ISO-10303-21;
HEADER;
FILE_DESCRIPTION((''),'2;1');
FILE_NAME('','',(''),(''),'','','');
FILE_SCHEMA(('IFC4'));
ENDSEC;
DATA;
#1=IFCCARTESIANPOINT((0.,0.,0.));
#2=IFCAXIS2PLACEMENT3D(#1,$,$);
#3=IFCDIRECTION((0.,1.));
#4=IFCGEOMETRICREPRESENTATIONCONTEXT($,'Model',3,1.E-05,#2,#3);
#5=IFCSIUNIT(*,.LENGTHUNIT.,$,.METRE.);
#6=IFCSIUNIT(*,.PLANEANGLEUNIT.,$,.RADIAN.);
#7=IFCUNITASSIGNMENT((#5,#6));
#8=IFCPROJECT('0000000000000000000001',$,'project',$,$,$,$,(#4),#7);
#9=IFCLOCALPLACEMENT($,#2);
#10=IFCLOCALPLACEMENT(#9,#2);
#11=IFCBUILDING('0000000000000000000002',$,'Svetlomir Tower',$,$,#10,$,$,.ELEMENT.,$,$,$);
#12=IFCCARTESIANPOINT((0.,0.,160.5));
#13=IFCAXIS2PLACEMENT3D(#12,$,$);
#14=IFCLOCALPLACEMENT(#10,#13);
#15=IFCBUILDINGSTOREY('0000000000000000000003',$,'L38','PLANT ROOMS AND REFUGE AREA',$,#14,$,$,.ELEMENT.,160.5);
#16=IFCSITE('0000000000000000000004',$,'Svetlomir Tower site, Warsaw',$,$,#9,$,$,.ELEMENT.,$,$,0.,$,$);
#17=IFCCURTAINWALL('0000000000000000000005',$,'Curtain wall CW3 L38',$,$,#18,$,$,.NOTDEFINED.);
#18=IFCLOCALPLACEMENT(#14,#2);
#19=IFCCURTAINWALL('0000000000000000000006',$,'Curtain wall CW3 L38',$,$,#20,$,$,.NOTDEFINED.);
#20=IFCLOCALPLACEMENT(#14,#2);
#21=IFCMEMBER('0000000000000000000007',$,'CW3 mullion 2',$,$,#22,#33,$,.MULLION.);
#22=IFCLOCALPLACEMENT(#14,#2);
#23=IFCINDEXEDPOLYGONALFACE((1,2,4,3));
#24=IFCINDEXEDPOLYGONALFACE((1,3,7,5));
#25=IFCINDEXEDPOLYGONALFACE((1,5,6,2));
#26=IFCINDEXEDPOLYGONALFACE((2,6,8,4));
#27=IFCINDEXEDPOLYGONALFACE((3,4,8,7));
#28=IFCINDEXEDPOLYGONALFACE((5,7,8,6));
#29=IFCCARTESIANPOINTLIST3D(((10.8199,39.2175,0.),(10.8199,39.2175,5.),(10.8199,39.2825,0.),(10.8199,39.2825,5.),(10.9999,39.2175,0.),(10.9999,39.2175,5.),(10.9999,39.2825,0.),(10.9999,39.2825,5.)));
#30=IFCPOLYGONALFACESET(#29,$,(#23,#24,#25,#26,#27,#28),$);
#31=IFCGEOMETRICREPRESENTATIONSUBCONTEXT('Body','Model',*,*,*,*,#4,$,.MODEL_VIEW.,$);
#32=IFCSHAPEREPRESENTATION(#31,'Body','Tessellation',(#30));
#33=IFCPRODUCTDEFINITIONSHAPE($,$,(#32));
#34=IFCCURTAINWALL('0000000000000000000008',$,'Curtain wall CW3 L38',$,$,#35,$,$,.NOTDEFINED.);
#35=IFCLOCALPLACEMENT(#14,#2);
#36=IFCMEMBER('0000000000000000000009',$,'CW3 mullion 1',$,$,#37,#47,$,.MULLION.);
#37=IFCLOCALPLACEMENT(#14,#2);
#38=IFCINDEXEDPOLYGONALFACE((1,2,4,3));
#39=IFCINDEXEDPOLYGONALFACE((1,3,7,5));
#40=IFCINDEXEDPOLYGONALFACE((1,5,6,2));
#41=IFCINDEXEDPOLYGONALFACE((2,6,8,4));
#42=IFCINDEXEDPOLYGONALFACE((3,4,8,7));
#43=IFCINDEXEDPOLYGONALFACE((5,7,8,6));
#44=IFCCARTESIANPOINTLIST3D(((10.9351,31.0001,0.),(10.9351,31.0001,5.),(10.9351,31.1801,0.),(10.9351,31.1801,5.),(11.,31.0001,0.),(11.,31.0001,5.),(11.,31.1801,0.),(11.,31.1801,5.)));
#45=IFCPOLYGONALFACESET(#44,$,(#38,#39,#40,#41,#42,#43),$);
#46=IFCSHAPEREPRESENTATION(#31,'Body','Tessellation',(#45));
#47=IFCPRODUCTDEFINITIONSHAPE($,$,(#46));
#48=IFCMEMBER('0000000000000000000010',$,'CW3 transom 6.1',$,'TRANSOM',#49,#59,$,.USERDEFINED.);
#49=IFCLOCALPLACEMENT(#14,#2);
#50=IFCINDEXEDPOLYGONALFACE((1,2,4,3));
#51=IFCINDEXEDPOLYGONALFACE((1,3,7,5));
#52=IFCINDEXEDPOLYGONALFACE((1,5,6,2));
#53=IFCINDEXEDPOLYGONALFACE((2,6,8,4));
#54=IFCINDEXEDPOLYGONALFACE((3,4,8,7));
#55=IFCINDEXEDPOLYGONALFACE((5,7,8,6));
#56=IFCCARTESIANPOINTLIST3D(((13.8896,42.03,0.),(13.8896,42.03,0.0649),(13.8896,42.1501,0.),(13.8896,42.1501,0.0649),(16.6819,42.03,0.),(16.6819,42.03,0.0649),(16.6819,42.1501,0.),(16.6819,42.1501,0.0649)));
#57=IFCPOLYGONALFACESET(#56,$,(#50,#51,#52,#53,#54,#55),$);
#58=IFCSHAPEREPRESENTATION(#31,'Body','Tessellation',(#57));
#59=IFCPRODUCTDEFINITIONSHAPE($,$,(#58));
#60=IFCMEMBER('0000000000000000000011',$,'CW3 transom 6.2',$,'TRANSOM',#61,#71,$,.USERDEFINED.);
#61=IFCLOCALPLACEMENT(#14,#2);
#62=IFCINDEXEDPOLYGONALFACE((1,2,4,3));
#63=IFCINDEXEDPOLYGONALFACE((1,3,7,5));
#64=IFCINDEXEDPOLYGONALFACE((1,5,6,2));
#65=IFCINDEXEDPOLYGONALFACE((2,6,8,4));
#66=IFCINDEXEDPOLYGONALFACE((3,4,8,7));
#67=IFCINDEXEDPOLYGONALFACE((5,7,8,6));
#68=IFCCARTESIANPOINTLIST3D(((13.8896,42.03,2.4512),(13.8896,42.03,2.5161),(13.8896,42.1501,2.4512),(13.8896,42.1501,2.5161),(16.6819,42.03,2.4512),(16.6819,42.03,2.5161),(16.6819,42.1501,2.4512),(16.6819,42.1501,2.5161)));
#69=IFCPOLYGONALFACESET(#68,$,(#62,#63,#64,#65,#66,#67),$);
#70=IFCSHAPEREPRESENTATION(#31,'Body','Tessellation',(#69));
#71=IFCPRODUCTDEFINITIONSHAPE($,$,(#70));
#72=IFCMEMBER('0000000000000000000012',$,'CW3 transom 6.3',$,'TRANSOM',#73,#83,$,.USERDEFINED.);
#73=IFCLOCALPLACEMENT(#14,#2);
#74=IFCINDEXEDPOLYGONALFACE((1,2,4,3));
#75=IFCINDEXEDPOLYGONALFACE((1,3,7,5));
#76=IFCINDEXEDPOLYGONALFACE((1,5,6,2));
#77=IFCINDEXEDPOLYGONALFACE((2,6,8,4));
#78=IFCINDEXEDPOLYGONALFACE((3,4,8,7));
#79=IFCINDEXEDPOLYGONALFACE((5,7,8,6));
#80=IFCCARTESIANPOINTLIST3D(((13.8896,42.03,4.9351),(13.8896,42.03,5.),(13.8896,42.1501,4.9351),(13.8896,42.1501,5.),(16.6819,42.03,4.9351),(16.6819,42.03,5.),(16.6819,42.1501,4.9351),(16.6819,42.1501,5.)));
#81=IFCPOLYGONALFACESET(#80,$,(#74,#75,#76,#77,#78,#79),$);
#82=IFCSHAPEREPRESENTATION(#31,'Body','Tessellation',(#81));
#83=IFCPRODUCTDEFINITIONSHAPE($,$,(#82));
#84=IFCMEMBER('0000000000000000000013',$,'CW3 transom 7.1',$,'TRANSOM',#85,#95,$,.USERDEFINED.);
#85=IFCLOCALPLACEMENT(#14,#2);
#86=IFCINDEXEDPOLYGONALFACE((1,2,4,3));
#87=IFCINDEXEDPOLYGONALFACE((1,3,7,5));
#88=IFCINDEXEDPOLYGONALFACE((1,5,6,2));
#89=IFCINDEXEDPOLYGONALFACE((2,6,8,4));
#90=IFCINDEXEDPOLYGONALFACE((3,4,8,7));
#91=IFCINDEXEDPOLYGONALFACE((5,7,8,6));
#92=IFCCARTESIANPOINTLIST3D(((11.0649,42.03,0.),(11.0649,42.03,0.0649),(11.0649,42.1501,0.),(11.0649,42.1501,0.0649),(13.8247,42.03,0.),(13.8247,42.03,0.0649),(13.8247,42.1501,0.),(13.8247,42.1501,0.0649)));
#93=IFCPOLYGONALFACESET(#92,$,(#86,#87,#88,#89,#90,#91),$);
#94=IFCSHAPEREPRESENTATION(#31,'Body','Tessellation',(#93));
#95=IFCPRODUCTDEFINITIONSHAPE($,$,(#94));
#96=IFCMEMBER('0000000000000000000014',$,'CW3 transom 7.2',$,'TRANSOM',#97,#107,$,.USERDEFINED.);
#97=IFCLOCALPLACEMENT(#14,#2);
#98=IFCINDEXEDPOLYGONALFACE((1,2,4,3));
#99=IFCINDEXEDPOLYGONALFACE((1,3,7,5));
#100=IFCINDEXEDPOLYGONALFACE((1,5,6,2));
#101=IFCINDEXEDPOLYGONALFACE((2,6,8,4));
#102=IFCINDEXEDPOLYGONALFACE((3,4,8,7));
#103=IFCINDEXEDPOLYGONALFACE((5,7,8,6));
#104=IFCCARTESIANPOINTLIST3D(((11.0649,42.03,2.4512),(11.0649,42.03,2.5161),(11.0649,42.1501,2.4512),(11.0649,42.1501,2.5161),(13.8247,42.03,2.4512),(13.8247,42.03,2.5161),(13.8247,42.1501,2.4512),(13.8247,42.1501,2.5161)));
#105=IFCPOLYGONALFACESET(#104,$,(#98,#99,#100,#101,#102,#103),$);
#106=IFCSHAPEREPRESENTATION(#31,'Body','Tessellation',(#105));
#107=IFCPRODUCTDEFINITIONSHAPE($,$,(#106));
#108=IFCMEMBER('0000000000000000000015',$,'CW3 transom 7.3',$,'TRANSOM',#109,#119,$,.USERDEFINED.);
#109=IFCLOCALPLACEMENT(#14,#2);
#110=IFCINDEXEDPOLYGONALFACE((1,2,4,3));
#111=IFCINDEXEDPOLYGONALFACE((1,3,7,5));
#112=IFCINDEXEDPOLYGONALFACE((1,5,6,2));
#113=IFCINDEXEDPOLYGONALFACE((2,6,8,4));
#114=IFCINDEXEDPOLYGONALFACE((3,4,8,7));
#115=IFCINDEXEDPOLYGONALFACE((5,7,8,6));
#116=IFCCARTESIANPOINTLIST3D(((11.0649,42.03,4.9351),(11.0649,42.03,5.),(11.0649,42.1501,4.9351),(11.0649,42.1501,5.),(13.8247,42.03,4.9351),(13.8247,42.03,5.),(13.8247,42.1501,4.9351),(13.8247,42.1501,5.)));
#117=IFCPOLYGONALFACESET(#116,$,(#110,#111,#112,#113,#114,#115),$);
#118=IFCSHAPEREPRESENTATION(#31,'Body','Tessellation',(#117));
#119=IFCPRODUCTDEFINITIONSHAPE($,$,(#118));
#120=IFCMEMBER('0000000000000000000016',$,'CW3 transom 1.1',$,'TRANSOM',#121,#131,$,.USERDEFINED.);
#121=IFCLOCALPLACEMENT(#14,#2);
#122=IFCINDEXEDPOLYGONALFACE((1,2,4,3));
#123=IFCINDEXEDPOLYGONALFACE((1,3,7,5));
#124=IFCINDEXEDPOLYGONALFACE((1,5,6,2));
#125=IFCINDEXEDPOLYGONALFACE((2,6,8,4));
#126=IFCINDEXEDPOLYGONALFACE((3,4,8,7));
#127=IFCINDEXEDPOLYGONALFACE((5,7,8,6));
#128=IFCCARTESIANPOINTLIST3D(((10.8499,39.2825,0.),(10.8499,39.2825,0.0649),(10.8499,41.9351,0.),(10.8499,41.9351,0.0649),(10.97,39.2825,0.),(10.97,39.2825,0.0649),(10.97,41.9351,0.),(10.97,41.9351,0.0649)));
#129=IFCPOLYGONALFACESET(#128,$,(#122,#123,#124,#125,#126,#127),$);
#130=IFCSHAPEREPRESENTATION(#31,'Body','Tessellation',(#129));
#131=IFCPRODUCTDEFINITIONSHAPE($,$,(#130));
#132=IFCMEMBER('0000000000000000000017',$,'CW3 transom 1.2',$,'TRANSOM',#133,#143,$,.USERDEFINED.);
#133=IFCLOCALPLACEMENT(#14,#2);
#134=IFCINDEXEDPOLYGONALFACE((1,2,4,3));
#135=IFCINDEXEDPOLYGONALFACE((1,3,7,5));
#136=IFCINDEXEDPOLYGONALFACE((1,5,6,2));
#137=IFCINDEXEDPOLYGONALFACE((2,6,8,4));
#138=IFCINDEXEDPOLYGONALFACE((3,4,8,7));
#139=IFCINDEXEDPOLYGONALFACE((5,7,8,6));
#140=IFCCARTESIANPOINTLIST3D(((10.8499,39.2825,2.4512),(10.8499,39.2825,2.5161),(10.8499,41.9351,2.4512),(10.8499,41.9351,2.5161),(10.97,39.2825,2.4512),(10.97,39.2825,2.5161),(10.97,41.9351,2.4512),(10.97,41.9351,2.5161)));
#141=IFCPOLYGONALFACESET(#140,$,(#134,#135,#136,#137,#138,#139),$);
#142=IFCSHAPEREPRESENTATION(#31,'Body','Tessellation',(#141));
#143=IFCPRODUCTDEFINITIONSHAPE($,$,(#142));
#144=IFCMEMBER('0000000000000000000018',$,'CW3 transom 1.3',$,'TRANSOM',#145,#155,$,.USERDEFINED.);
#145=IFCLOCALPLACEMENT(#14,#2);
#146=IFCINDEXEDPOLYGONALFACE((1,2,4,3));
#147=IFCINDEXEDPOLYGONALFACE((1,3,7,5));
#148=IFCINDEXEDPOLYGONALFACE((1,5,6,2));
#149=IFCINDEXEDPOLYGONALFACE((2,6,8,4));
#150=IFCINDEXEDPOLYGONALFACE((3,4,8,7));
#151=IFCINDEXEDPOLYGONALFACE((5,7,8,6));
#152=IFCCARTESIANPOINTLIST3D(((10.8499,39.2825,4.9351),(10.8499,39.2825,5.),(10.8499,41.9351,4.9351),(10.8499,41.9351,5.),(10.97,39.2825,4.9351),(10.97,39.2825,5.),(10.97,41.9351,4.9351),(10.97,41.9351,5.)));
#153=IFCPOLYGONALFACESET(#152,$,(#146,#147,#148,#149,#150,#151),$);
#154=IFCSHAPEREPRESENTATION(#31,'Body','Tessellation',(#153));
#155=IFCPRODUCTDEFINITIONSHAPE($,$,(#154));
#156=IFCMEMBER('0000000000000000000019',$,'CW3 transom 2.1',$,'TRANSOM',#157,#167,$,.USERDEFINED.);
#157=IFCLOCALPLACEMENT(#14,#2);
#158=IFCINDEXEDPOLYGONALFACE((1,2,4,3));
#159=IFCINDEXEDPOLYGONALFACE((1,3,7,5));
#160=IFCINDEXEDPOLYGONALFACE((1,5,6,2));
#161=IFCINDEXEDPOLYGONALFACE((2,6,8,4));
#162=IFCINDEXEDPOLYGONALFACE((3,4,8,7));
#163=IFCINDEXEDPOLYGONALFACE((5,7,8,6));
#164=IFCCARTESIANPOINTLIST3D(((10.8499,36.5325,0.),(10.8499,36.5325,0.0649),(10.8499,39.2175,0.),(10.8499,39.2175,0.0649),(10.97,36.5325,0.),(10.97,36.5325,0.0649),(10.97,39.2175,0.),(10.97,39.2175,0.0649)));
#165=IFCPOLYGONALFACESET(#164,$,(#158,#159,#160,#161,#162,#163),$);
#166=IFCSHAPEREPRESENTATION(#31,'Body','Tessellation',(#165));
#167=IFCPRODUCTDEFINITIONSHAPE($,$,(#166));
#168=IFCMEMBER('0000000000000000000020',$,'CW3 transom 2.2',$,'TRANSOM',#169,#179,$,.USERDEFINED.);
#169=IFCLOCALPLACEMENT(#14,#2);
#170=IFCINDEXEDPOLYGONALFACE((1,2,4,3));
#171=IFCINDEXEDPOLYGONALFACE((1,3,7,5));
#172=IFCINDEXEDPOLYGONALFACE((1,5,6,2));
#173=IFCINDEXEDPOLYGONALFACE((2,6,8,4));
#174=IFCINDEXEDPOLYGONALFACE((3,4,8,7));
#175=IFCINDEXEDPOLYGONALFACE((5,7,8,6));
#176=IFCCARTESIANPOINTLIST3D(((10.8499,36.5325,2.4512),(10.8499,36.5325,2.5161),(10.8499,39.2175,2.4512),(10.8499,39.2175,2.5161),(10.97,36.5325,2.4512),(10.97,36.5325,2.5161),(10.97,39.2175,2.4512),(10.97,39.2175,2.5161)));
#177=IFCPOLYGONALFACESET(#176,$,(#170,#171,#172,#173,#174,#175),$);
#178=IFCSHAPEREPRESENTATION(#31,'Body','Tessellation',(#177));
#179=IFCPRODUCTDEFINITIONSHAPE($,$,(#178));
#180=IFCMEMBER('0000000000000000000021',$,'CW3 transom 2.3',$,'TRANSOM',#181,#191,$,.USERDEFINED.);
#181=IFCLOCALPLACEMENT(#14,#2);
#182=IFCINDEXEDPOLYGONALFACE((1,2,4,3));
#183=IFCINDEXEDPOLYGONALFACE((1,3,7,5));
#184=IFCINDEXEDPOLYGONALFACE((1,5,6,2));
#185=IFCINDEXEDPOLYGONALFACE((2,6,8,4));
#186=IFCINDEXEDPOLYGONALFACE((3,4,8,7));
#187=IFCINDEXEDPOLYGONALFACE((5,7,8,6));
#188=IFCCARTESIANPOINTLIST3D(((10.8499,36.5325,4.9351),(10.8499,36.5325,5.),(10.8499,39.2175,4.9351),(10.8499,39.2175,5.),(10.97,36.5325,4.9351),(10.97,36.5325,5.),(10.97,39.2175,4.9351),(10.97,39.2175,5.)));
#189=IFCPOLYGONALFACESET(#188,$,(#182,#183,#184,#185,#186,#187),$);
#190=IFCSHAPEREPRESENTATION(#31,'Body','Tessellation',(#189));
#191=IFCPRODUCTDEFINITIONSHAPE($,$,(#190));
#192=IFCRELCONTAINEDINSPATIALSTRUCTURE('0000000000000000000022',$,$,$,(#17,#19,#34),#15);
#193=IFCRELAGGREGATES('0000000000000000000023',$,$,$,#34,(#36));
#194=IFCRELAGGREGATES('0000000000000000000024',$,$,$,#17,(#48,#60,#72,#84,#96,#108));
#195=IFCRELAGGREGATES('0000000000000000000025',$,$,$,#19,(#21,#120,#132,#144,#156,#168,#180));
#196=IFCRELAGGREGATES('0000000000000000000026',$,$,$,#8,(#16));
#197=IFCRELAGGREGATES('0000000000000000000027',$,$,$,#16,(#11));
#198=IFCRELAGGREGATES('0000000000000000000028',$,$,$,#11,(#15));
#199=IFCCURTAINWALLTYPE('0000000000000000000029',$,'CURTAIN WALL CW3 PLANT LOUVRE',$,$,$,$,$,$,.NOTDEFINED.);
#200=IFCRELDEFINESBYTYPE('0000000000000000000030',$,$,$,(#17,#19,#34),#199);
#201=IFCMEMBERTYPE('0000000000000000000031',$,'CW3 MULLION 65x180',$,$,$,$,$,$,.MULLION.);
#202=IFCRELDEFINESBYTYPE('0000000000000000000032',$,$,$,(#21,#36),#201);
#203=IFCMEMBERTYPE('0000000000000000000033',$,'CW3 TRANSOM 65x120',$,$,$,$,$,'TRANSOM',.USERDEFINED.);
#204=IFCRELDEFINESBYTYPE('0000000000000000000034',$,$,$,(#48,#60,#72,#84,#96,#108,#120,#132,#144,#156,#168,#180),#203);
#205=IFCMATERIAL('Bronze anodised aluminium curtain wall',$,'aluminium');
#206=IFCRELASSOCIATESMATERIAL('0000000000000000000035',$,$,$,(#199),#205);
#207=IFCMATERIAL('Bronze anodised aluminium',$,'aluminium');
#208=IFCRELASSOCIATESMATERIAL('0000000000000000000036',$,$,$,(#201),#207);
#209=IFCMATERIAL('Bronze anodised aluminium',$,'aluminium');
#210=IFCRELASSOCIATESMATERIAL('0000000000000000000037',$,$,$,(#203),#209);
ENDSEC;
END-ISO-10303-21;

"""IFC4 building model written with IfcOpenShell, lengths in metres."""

from ifc_helpers import new_model, si_unit, direction, frame, origin, origin_2d, place, context, subcontext, project, spatial, rectangle, extrude, material, material_profile, profile_set, type_object, element, aggregate, save


model = new_model("IFC4")

# Units and contexts
model_context = context("Model", 3, precision=1e-05, world=origin(), true_north=direction((0.0, 1.0)))
body_context = subcontext(model_context, "Body", "Model", "MODEL_VIEW")
ifc_project = project(units=[si_unit("LENGTHUNIT", "METRE"), si_unit("PLANEANGLEUNIT", "RADIAN")], contexts=[model_context])

# Site, building, storey
site_placement = place(None, origin())
site = spatial("IfcSite", under=ifc_project, at=site_placement, Name="Svetlomir Tower site, Warsaw", CompositionType="ELEMENT", RefElevation=0.0)
building_placement = place(site_placement, origin())
building = spatial("IfcBuilding", under=site, at=building_placement, Name="Svetlomir Tower", CompositionType="ELEMENT")
storey_placement = place(building_placement, frame((0.0, 0.0, 160.5)))
storey = spatial("IfcBuildingStorey", under=building, at=storey_placement, Name="L38", Description="PLANT ROOMS AND REFUGE AREA", CompositionType="ELEMENT", Elevation=160.5)

# Curtain walls, member
ifc_material_1 = material(Name="Bronze anodised aluminium curtain wall", Category="aluminium")
curtain_wall_type = type_object("IfcCurtainWallType", Name="CURTAIN WALL CW3 PLANT LOUVRE", PredefinedType="NOTDEFINED", material=ifc_material_1)
curtain_wall_1_placement = place(storey_placement, origin())
curtain_wall_1 = element("IfcCurtainWall", 1, at=curtain_wall_1_placement, inside=storey, type_object=curtain_wall_type, Name="Curtain wall CW3 L38", PredefinedType="NOTDEFINED")
ifc_material_2 = material(Name="Bronze anodised aluminium", Category="aluminium")
ifc_material_profile_1 = material_profile(ifc_material_2, rectangle(XDim=0.0649, YDim=0.1799, at=origin_2d()), Name="AL 65x180")
ifc_profile_set_1 = profile_set([ifc_material_profile_1], Name="Bronze anodised aluminium 6063-T6")
member_type_1 = type_object("IfcMemberType", Name="CW3 MULLION 65x180", PredefinedType="MULLION", material=ifc_profile_set_1)
curtain_wall_2_placement = place(storey_placement, origin())
curtain_wall_2 = element("IfcCurtainWall", 2, at=curtain_wall_2_placement, inside=storey, type_object=curtain_wall_type, Name="Curtain wall CW3 L38", PredefinedType="NOTDEFINED")
member_1_placement = place(storey_placement, frame((10.9099, 39.25, 0.0), z_axis=(0.0, 0.0, 1.0), x_axis=(0.0, -1.0, 0.0)))
member_1 = element("IfcMember", 3, at=member_1_placement, type_object=member_type_1, Name="CW3 mullion 2", PredefinedType="MULLION", context=body_context, shape_type="SweptSolid", body=[
    extrude(rectangle(XDim=0.0649, YDim=0.1799, at=origin_2d()), origin(), (0.0, 0.0, 1.0), 5.0),
])

# Curtain wall, member
curtain_wall_3_placement = place(storey_placement, origin())
curtain_wall_3 = element("IfcCurtainWall", 4, at=curtain_wall_3_placement, inside=storey, type_object=curtain_wall_type, Name="Curtain wall CW3 L38", PredefinedType="NOTDEFINED")
member_2_placement = place(storey_placement, frame((10.9675, 31.0901, 0.0), z_axis=(0.0, 0.0, 1.0), x_axis=(-1.0, 0.0, 0.0)))
member_2 = element("IfcMember", 5, at=member_2_placement, type_object=member_type_1, Name="CW3 mullion 1", PredefinedType="MULLION", context=body_context, shape_type="SweptSolid", body=[
    extrude(rectangle(XDim=0.0649, YDim=0.1799, at=origin_2d()), origin(), (0.0, 0.0, 1.0), 5.0),
])

# Members
ifc_material_3 = material(Name="Bronze anodised aluminium", Category="aluminium")
ifc_material_profile_2 = material_profile(ifc_material_3, rectangle(XDim=0.1201, YDim=0.0649, at=origin_2d()), Name="AL 120x65")
ifc_profile_set_2 = profile_set([ifc_material_profile_2], Name="Bronze anodised aluminium 6063-T6")
member_type_2 = type_object("IfcMemberType", Name="CW3 TRANSOM 65x120", ElementType="TRANSOM", PredefinedType="USERDEFINED", material=ifc_profile_set_2)
member_3_placement = place(storey_placement, frame((16.6819, 42.0901, 0.0325), z_axis=(-1.0, 0.0, 0.0), x_axis=(0.0, -1.0, 0.0)))
member_3 = element("IfcMember", 6, at=member_3_placement, type_object=member_type_2, Name="CW3 transom 6.1", ObjectType="TRANSOM", PredefinedType="USERDEFINED", context=body_context, shape_type="SweptSolid", body=[
    extrude(rectangle(XDim=0.1201, YDim=0.0649, at=origin_2d()), origin(), (0.0, 0.0, 1.0), 2.7922),
])
member_4_placement = place(storey_placement, frame((16.6819, 42.0901, 2.4836), z_axis=(-1.0, 0.0, 0.0), x_axis=(0.0, -1.0, 0.0)))
member_4 = element("IfcMember", 7, at=member_4_placement, type_object=member_type_2, Name="CW3 transom 6.2", ObjectType="TRANSOM", PredefinedType="USERDEFINED", context=body_context, shape_type="SweptSolid", body=[
    extrude(rectangle(XDim=0.1201, YDim=0.0649, at=origin_2d()), origin(), (0.0, 0.0, 1.0), 2.7922),
])
member_5_placement = place(storey_placement, frame((16.6819, 42.0901, 4.9675), z_axis=(-1.0, 0.0, 0.0), x_axis=(0.0, -1.0, 0.0)))
member_5 = element("IfcMember", 8, at=member_5_placement, type_object=member_type_2, Name="CW3 transom 6.3", ObjectType="TRANSOM", PredefinedType="USERDEFINED", context=body_context, shape_type="SweptSolid", body=[
    extrude(rectangle(XDim=0.1201, YDim=0.0649, at=origin_2d()), origin(), (0.0, 0.0, 1.0), 2.7922),
])
member_6_placement = place(storey_placement, frame((13.8247, 42.0901, 0.0325), z_axis=(-1.0, 0.0, 0.0), x_axis=(0.0, -1.0, 0.0)))
member_6 = element("IfcMember", 9, at=member_6_placement, type_object=member_type_2, Name="CW3 transom 7.1", ObjectType="TRANSOM", PredefinedType="USERDEFINED", context=body_context, shape_type="SweptSolid", body=[
    extrude(rectangle(XDim=0.1201, YDim=0.0649, at=origin_2d()), origin(), (0.0, 0.0, 1.0), 2.7598),
])
member_7_placement = place(storey_placement, frame((13.8247, 42.0901, 2.4836), z_axis=(-1.0, 0.0, 0.0), x_axis=(0.0, -1.0, 0.0)))
member_7 = element("IfcMember", 10, at=member_7_placement, type_object=member_type_2, Name="CW3 transom 7.2", ObjectType="TRANSOM", PredefinedType="USERDEFINED", context=body_context, shape_type="SweptSolid", body=[
    extrude(rectangle(XDim=0.1201, YDim=0.0649, at=origin_2d()), origin(), (0.0, 0.0, 1.0), 2.7598),
])
member_8_placement = place(storey_placement, frame((13.8247, 42.0901, 4.9675), z_axis=(-1.0, 0.0, 0.0), x_axis=(0.0, -1.0, 0.0)))
member_8 = element("IfcMember", 11, at=member_8_placement, type_object=member_type_2, Name="CW3 transom 7.3", ObjectType="TRANSOM", PredefinedType="USERDEFINED", context=body_context, shape_type="SweptSolid", body=[
    extrude(rectangle(XDim=0.1201, YDim=0.0649, at=origin_2d()), origin(), (0.0, 0.0, 1.0), 2.7598),
])
member_9_placement = place(storey_placement, frame((10.9099, 41.9351, 0.0325), z_axis=(0.0, -1.0, 0.0), x_axis=(1.0, 0.0, 0.0)))
member_9 = element("IfcMember", 12, at=member_9_placement, type_object=member_type_2, Name="CW3 transom 1.1", ObjectType="TRANSOM", PredefinedType="USERDEFINED", context=body_context, shape_type="SweptSolid", body=[
    extrude(rectangle(XDim=0.1201, YDim=0.0649, at=origin_2d()), origin(), (0.0, 0.0, 1.0), 2.6526),
])
member_10_placement = place(storey_placement, frame((10.9099, 41.9351, 2.4836), z_axis=(0.0, -1.0, 0.0), x_axis=(1.0, 0.0, 0.0)))
member_10 = element("IfcMember", 13, at=member_10_placement, type_object=member_type_2, Name="CW3 transom 1.2", ObjectType="TRANSOM", PredefinedType="USERDEFINED", context=body_context, shape_type="SweptSolid", body=[
    extrude(rectangle(XDim=0.1201, YDim=0.0649, at=origin_2d()), origin(), (0.0, 0.0, 1.0), 2.6526),
])
member_11_placement = place(storey_placement, frame((10.9099, 41.9351, 4.9675), z_axis=(0.0, -1.0, 0.0), x_axis=(1.0, 0.0, 0.0)))
member_11 = element("IfcMember", 14, at=member_11_placement, type_object=member_type_2, Name="CW3 transom 1.3", ObjectType="TRANSOM", PredefinedType="USERDEFINED", context=body_context, shape_type="SweptSolid", body=[
    extrude(rectangle(XDim=0.1201, YDim=0.0649, at=origin_2d()), origin(), (0.0, 0.0, 1.0), 2.6526),
])
member_12_placement = place(storey_placement, frame((10.9099, 39.2175, 0.0325), z_axis=(0.0, -1.0, 0.0), x_axis=(1.0, 0.0, 0.0)))
member_12 = element("IfcMember", 15, at=member_12_placement, type_object=member_type_2, Name="CW3 transom 2.1", ObjectType="TRANSOM", PredefinedType="USERDEFINED", context=body_context, shape_type="SweptSolid", body=[
    extrude(rectangle(XDim=0.1201, YDim=0.0649, at=origin_2d()), origin(), (0.0, 0.0, 1.0), 2.6851),
])
member_13_placement = place(storey_placement, frame((10.9099, 39.2175, 2.4836), z_axis=(0.0, -1.0, 0.0), x_axis=(1.0, 0.0, 0.0)))
member_13 = element("IfcMember", 16, at=member_13_placement, type_object=member_type_2, Name="CW3 transom 2.2", ObjectType="TRANSOM", PredefinedType="USERDEFINED", context=body_context, shape_type="SweptSolid", body=[
    extrude(rectangle(XDim=0.1201, YDim=0.0649, at=origin_2d()), origin(), (0.0, 0.0, 1.0), 2.6851),
])
member_14_placement = place(storey_placement, frame((10.9099, 39.2175, 4.9675), z_axis=(0.0, -1.0, 0.0), x_axis=(1.0, 0.0, 0.0)))
member_14 = element("IfcMember", 17, at=member_14_placement, type_object=member_type_2, Name="CW3 transom 2.3", ObjectType="TRANSOM", PredefinedType="USERDEFINED", context=body_context, shape_type="SweptSolid", body=[
    extrude(rectangle(XDim=0.1201, YDim=0.0649, at=origin_2d()), origin(), (0.0, 0.0, 1.0), 2.6851),
])
aggregate(curtain_wall_3, [member_2])

aggregate(curtain_wall_1, [member_3, member_4, member_5, member_6, member_7, member_8])
aggregate(curtain_wall_2, [member_1, member_9, member_10, member_11, member_12, member_13, member_14])

save(model, "model.ifc")
